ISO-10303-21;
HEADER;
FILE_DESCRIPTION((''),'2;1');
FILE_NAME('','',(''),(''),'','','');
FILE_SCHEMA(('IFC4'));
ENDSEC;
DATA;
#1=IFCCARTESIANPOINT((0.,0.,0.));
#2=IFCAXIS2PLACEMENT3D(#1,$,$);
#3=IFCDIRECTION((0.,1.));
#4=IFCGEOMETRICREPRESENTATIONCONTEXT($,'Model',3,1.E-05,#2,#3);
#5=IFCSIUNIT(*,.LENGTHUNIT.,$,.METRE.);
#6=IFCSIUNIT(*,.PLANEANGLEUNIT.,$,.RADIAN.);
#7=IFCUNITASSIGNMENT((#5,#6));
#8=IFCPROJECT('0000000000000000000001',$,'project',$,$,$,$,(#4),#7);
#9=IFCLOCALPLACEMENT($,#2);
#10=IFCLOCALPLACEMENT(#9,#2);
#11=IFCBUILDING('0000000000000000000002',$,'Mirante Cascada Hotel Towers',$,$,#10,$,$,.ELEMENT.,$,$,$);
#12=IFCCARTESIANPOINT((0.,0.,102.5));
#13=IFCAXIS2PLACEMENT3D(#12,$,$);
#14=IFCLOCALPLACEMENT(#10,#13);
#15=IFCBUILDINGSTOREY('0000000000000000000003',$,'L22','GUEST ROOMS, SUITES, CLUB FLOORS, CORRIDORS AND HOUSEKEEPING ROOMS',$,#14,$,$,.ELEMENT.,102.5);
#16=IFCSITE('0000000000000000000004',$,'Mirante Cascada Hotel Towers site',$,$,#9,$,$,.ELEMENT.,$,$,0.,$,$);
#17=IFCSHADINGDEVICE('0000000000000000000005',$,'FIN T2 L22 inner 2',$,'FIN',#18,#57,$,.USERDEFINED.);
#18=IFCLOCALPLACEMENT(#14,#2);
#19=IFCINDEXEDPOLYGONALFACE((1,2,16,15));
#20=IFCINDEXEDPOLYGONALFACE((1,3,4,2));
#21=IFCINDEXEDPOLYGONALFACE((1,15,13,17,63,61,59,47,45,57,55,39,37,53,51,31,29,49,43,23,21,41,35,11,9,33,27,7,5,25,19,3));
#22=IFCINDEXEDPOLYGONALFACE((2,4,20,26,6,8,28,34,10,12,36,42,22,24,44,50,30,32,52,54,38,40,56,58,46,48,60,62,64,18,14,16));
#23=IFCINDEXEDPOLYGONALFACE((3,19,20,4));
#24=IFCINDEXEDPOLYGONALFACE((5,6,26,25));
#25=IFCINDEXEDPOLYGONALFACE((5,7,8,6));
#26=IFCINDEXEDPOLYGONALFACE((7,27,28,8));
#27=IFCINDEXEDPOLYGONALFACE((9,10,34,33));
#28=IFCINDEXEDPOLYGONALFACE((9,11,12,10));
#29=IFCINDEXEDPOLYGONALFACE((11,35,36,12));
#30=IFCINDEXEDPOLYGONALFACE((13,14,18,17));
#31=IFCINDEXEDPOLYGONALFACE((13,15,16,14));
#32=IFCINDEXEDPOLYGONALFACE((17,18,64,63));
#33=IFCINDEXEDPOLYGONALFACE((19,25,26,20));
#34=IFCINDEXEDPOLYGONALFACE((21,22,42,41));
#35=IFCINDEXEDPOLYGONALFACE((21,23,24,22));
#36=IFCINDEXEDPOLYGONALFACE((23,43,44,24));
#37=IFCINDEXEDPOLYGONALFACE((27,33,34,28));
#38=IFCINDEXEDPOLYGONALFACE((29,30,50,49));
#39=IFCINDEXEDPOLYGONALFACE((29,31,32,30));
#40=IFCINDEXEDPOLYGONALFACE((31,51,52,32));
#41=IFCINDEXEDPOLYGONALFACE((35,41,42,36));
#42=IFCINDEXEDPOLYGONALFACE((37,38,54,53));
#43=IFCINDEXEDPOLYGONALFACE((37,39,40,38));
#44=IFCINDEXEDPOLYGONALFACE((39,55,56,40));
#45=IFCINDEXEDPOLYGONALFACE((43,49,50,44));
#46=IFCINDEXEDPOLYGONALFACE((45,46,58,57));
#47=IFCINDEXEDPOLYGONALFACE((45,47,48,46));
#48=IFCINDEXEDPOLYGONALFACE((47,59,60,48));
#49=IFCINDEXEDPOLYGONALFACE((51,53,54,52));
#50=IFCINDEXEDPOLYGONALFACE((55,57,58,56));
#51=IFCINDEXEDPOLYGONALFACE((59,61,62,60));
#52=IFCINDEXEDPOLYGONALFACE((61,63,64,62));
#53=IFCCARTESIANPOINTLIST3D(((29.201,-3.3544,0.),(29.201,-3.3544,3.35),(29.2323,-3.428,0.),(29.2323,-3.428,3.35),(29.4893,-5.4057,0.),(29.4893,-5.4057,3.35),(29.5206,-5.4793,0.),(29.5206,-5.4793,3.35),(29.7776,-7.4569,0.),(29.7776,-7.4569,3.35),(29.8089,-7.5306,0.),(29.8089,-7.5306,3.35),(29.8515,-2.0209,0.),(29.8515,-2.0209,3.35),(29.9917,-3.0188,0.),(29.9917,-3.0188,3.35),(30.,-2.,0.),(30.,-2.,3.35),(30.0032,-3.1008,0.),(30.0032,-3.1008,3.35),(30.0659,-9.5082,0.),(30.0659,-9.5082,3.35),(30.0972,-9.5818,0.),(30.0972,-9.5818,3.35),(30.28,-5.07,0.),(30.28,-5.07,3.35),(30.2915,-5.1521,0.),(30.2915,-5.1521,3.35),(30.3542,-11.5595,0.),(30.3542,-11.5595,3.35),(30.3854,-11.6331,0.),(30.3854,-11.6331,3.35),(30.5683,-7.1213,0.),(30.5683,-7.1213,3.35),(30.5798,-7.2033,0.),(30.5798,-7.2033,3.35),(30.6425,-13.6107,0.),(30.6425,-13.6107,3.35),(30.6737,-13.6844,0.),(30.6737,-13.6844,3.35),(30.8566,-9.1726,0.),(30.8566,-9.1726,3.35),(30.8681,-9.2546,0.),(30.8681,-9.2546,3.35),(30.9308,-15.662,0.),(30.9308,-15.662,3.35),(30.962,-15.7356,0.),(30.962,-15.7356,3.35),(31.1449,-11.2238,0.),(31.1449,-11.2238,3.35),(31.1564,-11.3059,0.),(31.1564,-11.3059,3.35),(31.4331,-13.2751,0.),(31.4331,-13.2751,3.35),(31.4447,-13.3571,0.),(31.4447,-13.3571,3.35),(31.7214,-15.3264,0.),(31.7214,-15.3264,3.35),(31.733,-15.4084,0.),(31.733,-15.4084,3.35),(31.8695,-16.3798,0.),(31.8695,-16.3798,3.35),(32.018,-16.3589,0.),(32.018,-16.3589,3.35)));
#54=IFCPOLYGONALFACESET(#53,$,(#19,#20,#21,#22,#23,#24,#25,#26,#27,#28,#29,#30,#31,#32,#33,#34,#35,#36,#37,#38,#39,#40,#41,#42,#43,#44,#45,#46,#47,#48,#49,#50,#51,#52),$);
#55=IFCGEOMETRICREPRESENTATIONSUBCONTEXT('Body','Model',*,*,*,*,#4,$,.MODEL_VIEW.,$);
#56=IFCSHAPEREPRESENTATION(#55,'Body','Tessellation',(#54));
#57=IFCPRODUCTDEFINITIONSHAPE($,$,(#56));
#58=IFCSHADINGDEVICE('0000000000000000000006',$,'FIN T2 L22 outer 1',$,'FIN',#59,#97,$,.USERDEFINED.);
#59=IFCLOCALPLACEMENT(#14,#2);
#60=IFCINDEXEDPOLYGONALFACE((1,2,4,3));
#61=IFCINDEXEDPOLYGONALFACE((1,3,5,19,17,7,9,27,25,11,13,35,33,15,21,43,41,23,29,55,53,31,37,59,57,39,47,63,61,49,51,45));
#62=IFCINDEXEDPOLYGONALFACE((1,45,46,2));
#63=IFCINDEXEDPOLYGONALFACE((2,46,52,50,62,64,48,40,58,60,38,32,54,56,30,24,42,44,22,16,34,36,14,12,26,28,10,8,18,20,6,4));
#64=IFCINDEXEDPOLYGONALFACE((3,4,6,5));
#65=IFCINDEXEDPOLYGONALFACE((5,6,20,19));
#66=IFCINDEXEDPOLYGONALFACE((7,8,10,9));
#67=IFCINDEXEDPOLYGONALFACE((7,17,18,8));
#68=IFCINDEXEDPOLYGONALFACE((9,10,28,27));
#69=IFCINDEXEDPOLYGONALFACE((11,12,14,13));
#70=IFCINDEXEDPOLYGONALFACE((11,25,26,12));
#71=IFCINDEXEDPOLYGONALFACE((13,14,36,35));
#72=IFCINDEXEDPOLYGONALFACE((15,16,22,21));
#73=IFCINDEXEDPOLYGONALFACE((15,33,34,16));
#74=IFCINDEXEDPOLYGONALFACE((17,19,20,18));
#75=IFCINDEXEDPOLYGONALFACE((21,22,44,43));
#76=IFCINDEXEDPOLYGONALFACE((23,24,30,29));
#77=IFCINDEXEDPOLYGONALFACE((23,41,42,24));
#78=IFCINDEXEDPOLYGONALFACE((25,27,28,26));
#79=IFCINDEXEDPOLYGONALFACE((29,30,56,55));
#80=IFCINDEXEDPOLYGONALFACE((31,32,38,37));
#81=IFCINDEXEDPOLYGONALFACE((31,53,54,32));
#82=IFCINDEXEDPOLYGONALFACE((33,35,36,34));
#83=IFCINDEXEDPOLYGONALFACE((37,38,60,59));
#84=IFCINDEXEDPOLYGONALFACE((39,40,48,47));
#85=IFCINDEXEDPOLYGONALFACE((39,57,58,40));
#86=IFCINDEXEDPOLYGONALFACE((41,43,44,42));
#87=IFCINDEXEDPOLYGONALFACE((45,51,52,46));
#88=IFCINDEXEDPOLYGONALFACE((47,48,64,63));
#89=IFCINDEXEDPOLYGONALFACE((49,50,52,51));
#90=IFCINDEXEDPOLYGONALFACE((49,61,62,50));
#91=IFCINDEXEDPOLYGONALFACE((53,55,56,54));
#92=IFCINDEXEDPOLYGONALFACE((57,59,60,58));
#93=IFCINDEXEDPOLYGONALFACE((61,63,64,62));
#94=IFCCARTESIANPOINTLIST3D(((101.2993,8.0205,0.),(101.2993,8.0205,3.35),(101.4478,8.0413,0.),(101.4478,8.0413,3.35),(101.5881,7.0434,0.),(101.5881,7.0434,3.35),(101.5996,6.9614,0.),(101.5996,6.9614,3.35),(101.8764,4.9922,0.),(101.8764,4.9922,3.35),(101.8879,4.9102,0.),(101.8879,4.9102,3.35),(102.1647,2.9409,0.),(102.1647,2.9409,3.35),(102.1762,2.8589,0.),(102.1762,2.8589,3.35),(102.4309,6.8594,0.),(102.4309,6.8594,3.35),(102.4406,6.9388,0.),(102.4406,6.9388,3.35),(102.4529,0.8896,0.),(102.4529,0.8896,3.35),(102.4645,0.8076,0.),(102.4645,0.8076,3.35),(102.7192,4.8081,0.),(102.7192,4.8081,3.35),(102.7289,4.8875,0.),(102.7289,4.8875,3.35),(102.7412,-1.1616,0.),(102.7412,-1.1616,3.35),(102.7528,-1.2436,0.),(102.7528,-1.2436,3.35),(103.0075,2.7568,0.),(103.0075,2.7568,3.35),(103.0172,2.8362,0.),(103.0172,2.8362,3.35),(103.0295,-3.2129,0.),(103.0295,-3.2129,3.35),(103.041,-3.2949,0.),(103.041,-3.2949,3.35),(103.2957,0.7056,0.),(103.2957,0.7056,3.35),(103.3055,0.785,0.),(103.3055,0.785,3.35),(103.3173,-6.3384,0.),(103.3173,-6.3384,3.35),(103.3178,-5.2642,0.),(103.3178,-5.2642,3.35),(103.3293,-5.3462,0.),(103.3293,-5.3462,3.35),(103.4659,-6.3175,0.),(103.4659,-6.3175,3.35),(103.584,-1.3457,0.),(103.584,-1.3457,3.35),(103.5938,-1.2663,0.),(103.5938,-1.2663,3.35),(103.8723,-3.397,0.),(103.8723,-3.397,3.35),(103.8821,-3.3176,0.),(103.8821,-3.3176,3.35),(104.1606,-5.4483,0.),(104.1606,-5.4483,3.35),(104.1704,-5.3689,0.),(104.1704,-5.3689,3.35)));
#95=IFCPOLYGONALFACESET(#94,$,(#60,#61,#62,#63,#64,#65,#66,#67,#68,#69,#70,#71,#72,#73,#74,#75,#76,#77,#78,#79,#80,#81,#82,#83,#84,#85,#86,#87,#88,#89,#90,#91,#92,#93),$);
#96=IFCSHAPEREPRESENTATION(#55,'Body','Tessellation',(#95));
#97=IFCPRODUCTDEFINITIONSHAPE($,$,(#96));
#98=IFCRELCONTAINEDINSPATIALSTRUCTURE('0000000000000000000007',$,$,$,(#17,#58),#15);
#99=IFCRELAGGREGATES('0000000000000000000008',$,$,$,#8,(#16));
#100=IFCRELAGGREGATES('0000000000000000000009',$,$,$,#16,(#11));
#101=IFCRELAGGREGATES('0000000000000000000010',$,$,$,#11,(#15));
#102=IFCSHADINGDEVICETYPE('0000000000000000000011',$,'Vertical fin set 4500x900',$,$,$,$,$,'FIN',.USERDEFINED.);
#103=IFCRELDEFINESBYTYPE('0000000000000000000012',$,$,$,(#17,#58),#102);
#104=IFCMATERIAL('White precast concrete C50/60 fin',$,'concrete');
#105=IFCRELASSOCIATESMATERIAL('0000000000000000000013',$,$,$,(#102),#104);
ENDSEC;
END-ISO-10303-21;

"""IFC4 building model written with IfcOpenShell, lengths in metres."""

from ifc_helpers import new_model, si_unit, direction, frame, origin, place, context, subcontext, project, spatial, polyline, outline, extrude, material, type_object, element, save


model = new_model("IFC4")

# Units and contexts
model_context = context("Model", 3, precision=1e-05, world=origin(), true_north=direction((0.0, 1.0)))
body_context = subcontext(model_context, "Body", "Model", "MODEL_VIEW")
ifc_project = project(units=[si_unit("LENGTHUNIT", "METRE"), si_unit("PLANEANGLEUNIT", "RADIAN")], contexts=[model_context])

# Site, building, storey
site_placement = place(None, origin())
site = spatial("IfcSite", under=ifc_project, at=site_placement, Name="Mirante Cascada Hotel Towers site", CompositionType="ELEMENT", RefElevation=0.0)
building_placement = place(site_placement, origin())
building = spatial("IfcBuilding", under=site, at=building_placement, Name="Mirante Cascada Hotel Towers", CompositionType="ELEMENT")
storey_placement = place(building_placement, frame((0.0, 0.0, 102.5)))
storey = spatial("IfcBuildingStorey", under=building, at=storey_placement, Name="L22", Description="GUEST ROOMS, SUITES, CLUB FLOORS, CORRIDORS AND HOUSEKEEPING ROOMS", CompositionType="ELEMENT", Elevation=102.5)

# Shading devices
ifc_material_1 = material(Name="White precast concrete C50/60 fin", Category="concrete")
shading_device_type = type_object("IfcShadingDeviceType", Name="Vertical fin set 4500x900", ElementType="FIN", PredefinedType="USERDEFINED", material=ifc_material_1)
shading_device_1_placement = place(storey_placement, origin())
element("IfcShadingDevice", 1, at=shading_device_1_placement, inside=storey, type_object=shading_device_type, Name="FIN T2 L22 inner 2", ObjectType="FIN", PredefinedType="USERDEFINED", context=body_context, shape_type="SweptSolid", body=[
    extrude(outline(polyline([(30.9308, -15.662), (31.7214, -15.3264), (31.4447, -13.3571), (30.6737, -13.6844), (30.6425, -13.6107), (31.4331, -13.2751), (31.1564, -11.3059), (30.3854, -11.6331), (30.3542, -11.5595), (31.1449, -11.2238), (30.8681, -9.2546), (30.0972, -9.5818), (30.0659, -9.5082), (30.8566, -9.1726), (30.5798, -7.2033), (29.8089, -7.5306), (29.7776, -7.4569), (30.5683, -7.1213), (30.2915, -5.1521), (29.5206, -5.4793), (29.4893, -5.4057), (30.28, -5.07), (30.0032, -3.1008), (29.2323, -3.428), (29.201, -3.3544), (29.9917, -3.0188), (29.8515, -2.0209), (30.0, -2.0), (32.018, -16.3589), (31.8695, -16.3798), (31.733, -15.4084), (30.962, -15.7356), (30.9308, -15.662)])), origin(), (0.0, 0.0, 1.0), 3.35),
])
shading_device_2_placement = place(storey_placement, origin())
element("IfcShadingDevice", 2, at=shading_device_2_placement, inside=storey, type_object=shading_device_type, Name="FIN T2 L22 outer 1", ObjectType="FIN", PredefinedType="USERDEFINED", context=body_context, shape_type="SweptSolid", body=[
    extrude(outline(polyline([(104.1606, -5.4483), (103.3293, -5.3462), (103.4659, -6.3175), (103.3173, -6.3384), (101.2993, 8.0205), (101.4478, 8.0413), (101.5881, 7.0434), (102.4406, 6.9388), (102.4309, 6.8594), (101.5996, 6.9614), (101.8764, 4.9922), (102.7289, 4.8875), (102.7192, 4.8081), (101.8879, 4.9102), (102.1647, 2.9409), (103.0172, 2.8362), (103.0075, 2.7568), (102.1762, 2.8589), (102.4529, 0.8896), (103.3055, 0.785), (103.2957, 0.7056), (102.4645, 0.8076), (102.7412, -1.1616), (103.5938, -1.2663), (103.584, -1.3457), (102.7528, -1.2436), (103.0295, -3.2129), (103.8821, -3.3176), (103.8723, -3.397), (103.041, -3.2949), (103.3178, -5.2642), (104.1704, -5.3689), (104.1606, -5.4483)])), origin(), (0.0, 0.0, 1.0), 3.35),
])

save(model, "model.ifc")
